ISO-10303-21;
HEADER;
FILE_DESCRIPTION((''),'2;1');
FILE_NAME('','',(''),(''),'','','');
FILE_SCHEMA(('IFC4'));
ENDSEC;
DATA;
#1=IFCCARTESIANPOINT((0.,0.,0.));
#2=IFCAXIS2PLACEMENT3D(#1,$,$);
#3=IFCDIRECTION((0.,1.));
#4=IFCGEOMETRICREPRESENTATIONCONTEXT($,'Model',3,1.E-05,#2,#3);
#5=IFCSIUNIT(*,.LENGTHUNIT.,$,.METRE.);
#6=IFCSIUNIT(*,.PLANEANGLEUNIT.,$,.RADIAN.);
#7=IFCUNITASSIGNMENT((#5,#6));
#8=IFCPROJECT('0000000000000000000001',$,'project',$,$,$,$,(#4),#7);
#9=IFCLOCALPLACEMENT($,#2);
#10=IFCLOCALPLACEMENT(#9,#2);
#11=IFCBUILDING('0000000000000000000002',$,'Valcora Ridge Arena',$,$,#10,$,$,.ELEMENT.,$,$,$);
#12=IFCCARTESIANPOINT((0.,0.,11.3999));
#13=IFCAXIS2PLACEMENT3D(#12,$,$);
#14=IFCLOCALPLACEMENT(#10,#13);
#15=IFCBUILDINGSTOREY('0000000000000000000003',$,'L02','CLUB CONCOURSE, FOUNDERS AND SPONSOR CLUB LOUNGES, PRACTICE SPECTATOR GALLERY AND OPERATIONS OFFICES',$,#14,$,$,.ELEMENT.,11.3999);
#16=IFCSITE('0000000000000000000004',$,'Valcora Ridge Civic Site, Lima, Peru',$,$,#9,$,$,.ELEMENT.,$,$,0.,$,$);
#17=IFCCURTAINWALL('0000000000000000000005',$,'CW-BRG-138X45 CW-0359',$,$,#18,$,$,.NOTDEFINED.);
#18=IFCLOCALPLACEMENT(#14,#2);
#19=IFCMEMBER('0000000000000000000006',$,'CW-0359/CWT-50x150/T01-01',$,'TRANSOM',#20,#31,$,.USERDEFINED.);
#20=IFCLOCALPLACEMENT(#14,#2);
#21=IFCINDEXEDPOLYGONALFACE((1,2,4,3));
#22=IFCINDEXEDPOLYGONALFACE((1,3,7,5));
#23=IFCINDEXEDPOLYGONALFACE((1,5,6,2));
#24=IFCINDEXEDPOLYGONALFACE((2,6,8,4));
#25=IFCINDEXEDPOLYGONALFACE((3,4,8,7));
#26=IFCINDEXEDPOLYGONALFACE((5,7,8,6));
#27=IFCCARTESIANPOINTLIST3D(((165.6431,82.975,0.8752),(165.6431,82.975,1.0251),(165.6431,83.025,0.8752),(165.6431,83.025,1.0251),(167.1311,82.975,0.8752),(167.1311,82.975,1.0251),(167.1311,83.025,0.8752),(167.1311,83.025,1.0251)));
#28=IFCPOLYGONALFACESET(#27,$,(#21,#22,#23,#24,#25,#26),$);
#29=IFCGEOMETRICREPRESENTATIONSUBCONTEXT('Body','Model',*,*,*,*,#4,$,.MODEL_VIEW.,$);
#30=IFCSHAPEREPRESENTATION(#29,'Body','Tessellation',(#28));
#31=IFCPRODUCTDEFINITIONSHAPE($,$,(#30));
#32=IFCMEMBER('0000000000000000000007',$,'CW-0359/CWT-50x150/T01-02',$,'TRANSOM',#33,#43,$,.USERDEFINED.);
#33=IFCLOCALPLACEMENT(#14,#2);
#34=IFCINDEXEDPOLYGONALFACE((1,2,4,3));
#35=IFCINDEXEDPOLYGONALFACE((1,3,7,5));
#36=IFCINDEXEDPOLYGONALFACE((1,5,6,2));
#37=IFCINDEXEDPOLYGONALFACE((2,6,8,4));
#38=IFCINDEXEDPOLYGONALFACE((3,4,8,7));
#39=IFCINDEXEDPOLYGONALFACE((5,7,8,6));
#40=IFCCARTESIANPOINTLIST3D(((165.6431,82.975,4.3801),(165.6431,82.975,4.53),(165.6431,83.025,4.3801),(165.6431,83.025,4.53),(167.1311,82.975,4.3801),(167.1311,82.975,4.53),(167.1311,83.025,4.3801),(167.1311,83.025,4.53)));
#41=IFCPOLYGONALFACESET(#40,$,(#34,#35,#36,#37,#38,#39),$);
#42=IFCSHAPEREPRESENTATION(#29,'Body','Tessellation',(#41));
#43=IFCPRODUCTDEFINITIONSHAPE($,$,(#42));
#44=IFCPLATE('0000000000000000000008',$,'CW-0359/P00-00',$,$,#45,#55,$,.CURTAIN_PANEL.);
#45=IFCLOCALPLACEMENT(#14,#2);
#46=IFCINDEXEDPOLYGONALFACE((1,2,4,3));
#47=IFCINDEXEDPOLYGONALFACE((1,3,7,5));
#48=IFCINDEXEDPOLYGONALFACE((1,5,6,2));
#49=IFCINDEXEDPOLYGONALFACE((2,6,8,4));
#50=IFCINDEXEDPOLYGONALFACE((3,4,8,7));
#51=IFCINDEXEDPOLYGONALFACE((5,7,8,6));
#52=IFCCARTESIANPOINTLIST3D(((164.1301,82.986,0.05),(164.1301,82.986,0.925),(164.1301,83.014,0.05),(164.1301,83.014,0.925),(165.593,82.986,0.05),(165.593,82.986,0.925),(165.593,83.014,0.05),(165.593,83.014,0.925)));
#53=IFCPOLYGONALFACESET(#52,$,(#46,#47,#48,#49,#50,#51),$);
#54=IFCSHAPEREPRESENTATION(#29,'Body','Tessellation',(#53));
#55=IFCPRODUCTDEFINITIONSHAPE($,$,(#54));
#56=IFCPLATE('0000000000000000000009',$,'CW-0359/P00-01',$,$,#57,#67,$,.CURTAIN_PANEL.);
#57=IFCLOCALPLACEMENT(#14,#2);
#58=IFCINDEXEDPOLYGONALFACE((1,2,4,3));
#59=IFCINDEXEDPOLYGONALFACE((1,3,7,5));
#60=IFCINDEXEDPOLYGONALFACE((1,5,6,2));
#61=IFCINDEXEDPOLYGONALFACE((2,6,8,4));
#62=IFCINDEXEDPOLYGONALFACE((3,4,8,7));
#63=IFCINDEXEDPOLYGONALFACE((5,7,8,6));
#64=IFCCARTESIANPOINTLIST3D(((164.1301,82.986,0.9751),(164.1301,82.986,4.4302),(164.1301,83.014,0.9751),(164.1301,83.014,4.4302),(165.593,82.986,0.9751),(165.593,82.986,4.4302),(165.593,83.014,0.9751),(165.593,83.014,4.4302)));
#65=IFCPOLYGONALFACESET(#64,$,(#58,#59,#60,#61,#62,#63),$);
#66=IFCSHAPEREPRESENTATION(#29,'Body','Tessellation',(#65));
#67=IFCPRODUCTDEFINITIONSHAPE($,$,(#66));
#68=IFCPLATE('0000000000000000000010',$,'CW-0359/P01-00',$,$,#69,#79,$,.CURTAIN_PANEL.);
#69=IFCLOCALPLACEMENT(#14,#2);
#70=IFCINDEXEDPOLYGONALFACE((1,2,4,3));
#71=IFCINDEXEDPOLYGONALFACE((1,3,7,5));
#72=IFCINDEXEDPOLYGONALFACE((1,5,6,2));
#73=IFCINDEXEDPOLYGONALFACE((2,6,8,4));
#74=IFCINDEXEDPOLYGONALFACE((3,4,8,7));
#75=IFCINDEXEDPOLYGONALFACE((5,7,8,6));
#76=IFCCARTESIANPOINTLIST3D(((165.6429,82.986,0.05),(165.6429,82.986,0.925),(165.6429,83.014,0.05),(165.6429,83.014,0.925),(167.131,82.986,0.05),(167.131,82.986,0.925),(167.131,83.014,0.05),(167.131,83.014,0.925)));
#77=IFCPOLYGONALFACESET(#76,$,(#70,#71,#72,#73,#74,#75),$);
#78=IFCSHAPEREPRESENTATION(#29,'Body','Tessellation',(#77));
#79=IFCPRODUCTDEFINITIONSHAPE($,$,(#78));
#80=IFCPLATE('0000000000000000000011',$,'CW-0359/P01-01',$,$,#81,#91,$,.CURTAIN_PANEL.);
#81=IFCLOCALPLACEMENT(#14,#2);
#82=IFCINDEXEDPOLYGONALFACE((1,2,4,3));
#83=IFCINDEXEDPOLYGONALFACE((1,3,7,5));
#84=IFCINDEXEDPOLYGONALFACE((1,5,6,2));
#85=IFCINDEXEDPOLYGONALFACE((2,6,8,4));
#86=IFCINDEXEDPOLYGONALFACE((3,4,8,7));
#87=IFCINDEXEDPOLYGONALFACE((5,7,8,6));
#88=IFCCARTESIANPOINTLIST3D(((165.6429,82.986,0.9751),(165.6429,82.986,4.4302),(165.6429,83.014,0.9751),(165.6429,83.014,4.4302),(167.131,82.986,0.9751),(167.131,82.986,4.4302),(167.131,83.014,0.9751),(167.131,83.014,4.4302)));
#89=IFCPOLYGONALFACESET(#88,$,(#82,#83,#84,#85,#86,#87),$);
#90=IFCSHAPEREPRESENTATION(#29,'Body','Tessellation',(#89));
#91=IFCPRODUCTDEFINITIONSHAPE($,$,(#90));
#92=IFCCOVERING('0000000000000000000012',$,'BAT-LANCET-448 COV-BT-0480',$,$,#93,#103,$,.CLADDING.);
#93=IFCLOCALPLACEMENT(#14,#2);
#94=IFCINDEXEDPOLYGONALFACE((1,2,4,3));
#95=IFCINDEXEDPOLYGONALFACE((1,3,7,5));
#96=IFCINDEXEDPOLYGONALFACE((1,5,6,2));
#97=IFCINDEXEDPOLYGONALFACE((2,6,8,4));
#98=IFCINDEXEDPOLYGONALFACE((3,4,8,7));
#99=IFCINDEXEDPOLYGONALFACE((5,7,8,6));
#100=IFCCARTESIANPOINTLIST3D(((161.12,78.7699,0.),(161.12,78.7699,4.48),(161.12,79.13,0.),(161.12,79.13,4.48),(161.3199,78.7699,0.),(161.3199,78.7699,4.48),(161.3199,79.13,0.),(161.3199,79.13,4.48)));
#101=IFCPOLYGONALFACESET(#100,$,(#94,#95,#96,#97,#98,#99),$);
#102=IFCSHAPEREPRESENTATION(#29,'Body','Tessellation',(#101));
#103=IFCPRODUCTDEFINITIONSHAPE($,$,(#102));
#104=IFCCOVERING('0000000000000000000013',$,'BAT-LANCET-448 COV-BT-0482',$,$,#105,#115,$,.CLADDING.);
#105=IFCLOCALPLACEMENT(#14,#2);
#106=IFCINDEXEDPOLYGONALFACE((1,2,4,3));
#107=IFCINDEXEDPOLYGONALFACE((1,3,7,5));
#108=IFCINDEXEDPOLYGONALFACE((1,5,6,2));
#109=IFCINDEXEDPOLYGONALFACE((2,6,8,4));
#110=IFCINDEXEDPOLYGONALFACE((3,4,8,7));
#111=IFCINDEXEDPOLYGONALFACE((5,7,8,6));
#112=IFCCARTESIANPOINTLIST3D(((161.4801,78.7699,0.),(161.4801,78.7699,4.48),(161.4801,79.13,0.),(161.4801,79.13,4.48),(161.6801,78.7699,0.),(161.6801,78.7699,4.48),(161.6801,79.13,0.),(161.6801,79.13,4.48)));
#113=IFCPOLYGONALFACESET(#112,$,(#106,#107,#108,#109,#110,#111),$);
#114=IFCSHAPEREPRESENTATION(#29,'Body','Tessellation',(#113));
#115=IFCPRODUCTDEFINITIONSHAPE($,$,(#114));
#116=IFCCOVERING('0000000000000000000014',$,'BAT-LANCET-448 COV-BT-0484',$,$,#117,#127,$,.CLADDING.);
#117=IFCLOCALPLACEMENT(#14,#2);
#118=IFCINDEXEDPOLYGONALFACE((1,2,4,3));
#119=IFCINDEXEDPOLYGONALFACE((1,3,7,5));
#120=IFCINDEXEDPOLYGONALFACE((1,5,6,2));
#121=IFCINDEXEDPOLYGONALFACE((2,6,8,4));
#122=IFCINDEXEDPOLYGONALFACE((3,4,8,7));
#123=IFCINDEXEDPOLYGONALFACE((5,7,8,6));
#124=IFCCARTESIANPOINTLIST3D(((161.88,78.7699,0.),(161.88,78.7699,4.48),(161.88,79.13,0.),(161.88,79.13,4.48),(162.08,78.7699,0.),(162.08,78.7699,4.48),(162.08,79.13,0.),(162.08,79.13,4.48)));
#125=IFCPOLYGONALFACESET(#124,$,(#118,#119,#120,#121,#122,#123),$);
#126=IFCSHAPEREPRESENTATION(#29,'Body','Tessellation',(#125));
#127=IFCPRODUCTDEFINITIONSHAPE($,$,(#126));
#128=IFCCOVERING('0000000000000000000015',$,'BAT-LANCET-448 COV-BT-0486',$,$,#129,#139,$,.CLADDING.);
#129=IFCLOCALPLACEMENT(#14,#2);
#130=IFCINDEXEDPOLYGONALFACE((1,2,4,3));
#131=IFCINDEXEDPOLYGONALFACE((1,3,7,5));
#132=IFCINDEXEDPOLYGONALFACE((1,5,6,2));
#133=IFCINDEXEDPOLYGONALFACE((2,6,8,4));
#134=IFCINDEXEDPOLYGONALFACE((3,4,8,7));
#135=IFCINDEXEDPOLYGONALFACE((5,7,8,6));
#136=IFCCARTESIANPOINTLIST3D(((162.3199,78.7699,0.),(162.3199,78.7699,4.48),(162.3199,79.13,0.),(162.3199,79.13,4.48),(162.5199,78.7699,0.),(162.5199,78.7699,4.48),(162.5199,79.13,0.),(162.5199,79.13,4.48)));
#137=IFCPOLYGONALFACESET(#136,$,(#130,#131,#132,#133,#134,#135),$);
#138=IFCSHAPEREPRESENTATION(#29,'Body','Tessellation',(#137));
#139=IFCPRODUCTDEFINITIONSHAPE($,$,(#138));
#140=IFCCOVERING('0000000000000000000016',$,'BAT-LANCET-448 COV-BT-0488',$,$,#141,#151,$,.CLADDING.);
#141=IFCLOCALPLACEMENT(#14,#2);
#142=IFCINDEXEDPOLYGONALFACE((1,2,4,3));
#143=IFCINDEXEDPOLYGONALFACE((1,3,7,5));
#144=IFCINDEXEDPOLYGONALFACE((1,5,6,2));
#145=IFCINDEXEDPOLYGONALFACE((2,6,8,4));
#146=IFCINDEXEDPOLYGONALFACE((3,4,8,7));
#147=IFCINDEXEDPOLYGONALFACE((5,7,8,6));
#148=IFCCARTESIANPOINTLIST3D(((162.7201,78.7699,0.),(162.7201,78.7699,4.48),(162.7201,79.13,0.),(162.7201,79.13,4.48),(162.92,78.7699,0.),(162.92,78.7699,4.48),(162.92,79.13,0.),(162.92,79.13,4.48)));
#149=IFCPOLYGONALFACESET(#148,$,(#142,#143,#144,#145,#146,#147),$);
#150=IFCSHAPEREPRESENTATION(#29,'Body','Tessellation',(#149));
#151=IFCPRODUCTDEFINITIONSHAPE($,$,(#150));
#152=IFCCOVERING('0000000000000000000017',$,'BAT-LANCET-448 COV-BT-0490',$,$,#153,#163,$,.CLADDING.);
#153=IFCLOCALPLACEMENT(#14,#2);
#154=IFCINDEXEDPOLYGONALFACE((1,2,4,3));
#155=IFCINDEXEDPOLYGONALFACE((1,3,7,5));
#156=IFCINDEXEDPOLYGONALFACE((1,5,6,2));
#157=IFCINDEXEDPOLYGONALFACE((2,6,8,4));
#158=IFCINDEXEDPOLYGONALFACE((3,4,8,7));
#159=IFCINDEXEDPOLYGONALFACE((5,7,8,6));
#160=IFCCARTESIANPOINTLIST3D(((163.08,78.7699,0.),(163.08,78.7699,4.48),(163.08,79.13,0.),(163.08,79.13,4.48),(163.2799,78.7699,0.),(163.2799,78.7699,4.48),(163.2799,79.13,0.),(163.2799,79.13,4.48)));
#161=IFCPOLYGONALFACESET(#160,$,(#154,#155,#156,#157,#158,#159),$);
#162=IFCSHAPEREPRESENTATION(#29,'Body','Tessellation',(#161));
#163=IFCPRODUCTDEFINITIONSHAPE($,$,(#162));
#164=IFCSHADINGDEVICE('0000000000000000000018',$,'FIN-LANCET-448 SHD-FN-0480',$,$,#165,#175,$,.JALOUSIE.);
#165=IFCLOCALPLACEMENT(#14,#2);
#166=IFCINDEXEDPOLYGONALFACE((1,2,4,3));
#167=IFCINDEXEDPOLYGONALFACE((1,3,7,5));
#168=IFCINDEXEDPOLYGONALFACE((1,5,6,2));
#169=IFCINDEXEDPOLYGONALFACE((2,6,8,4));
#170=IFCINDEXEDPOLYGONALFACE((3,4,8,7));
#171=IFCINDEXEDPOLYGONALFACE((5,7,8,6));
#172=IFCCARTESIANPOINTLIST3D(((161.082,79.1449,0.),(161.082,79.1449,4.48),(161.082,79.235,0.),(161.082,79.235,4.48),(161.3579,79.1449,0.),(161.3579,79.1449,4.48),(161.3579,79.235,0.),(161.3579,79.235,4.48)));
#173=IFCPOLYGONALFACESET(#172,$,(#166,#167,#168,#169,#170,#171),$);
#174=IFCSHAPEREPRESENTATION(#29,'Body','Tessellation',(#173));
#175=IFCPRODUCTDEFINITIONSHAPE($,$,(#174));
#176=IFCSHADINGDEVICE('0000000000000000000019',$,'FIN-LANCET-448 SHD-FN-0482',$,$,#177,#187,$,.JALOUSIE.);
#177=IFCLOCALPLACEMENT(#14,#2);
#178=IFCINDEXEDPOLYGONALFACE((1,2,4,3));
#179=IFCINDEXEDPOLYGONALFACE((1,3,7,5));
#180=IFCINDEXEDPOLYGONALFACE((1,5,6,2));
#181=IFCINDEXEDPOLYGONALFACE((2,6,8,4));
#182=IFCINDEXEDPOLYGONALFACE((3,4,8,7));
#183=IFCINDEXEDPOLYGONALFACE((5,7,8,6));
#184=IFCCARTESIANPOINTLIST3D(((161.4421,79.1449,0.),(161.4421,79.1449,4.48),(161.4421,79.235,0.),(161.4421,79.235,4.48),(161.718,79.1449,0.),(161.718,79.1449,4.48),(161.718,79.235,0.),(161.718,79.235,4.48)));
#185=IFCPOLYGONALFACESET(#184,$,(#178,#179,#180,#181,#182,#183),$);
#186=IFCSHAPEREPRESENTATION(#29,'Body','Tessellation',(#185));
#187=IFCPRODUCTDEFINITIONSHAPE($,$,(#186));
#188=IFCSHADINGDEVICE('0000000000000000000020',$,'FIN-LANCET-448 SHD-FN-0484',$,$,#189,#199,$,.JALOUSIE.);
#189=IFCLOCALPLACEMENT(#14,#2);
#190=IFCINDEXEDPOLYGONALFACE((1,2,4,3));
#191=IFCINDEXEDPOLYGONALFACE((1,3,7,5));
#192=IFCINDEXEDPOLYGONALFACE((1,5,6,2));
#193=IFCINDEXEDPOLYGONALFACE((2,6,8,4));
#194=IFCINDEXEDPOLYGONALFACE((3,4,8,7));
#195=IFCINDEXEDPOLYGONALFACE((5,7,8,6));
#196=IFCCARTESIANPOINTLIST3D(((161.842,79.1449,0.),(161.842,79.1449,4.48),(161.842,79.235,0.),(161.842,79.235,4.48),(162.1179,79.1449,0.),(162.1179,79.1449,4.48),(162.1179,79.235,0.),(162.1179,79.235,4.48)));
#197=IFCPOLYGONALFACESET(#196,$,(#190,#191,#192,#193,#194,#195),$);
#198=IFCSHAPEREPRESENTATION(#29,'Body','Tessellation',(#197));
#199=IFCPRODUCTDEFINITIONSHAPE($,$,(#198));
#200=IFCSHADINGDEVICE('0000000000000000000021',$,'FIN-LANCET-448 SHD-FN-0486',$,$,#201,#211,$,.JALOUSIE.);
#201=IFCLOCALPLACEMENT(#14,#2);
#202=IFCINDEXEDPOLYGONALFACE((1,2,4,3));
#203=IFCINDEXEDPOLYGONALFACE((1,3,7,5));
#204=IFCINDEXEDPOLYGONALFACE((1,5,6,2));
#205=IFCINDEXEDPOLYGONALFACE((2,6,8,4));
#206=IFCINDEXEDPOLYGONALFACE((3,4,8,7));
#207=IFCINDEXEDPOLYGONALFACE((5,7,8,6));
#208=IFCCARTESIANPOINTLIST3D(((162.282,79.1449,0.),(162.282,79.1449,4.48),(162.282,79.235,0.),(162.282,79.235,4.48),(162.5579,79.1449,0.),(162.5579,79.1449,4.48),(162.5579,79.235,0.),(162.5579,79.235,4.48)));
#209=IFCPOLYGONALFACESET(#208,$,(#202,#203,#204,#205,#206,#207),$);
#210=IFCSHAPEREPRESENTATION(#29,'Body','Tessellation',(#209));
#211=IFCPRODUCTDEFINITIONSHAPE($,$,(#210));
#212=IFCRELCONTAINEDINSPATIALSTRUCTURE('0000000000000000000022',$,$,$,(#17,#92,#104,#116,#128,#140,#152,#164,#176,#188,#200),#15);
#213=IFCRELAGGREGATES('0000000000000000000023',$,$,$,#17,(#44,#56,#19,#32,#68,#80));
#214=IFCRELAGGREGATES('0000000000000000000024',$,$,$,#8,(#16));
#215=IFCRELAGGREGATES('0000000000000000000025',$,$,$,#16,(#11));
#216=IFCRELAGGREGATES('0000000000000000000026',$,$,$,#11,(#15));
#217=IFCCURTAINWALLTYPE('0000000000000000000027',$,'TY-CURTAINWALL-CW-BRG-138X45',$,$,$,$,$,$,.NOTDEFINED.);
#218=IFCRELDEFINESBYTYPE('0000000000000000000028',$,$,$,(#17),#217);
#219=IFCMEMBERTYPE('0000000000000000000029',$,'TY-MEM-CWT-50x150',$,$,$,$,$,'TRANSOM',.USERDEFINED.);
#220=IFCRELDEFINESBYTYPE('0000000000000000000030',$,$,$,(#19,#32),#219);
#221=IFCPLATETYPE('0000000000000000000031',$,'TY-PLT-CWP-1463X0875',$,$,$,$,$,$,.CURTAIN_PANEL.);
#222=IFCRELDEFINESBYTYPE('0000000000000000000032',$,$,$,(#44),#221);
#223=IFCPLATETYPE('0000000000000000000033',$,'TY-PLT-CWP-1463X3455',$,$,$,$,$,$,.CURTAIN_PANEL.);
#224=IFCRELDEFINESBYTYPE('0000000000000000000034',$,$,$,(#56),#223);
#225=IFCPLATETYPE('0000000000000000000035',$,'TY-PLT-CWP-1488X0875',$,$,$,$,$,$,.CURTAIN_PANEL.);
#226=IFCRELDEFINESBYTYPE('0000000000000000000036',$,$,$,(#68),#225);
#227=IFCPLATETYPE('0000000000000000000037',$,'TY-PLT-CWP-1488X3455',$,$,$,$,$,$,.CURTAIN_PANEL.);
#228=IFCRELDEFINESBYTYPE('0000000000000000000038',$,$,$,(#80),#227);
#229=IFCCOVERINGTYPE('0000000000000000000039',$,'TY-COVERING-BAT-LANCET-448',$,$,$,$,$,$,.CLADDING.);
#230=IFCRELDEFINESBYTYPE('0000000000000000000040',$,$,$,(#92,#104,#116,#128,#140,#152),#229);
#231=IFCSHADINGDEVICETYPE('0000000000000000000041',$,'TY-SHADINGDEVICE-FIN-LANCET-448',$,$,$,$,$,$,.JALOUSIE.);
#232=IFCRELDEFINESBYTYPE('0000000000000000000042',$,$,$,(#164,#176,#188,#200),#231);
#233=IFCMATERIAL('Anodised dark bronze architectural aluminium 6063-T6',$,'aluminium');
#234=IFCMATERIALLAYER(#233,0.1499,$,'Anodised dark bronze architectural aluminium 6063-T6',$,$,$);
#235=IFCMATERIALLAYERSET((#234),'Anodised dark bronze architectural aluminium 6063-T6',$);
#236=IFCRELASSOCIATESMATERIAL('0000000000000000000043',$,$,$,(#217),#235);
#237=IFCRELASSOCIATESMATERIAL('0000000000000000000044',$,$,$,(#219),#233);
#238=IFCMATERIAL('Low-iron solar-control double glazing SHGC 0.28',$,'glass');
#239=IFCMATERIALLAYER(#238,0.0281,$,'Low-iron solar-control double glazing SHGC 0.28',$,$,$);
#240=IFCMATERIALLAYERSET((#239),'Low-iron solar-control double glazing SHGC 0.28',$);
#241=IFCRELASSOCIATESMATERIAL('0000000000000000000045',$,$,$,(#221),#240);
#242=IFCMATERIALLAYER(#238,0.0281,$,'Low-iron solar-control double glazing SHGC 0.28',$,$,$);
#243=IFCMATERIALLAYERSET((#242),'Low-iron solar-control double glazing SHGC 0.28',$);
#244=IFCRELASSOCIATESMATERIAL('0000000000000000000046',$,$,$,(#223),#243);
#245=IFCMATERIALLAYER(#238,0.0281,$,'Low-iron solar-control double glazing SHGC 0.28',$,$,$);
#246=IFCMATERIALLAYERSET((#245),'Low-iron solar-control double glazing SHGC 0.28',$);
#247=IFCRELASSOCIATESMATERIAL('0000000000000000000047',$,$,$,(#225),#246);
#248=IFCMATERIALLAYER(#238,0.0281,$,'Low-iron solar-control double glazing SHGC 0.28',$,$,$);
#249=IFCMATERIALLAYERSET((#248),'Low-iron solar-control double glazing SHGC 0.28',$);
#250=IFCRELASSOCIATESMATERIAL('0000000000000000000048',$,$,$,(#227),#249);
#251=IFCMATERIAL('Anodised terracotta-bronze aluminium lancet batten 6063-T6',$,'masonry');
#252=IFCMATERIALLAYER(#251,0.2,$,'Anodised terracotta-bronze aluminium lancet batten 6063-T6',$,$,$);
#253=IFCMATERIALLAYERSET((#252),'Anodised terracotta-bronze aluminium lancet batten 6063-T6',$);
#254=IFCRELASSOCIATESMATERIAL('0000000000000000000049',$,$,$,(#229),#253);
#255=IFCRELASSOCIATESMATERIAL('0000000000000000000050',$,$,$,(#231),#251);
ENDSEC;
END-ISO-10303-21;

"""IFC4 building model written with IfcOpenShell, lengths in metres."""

from ifc_helpers import new_model, si_unit, direction, frame, origin, origin_2d, place, context, subcontext, project, spatial, rectangle, extrude, material, layer, layer_set, material_profile, profile_set, type_object, element, aggregate, save


model = new_model("IFC4")

# Units and contexts
model_context = context("Model", 3, precision=1e-05, world=origin(), true_north=direction((0.0, 1.0)))
body_context = subcontext(model_context, "Body", "Model", "MODEL_VIEW")
ifc_project = project(units=[si_unit("LENGTHUNIT", "METRE"), si_unit("PLANEANGLEUNIT", "RADIAN")], contexts=[model_context])

# Site, building, storey
site_placement = place(None, origin())
site = spatial("IfcSite", under=ifc_project, at=site_placement, Name="Valcora Ridge Civic Site, Lima, Peru", CompositionType="ELEMENT", RefElevation=0.0)
building_placement = place(site_placement, origin())
building = spatial("IfcBuilding", under=site, at=building_placement, Name="Valcora Ridge Arena", CompositionType="ELEMENT")
storey_placement = place(building_placement, frame((0.0, 0.0, 11.3999)))
storey = spatial("IfcBuildingStorey", under=building, at=storey_placement, Name="L02", Description="CLUB CONCOURSE, FOUNDERS AND SPONSOR CLUB LOUNGES, PRACTICE SPECTATOR GALLERY AND OPERATIONS OFFICES", CompositionType="ELEMENT", Elevation=11.3999)

# Shared definitions
ifc_material_1 = material(Name="Anodised dark bronze architectural aluminium 6063-T6", Category="aluminium")
ifc_layer_1 = layer(ifc_material_1, 0.1499, Name="Anodised dark bronze architectural aluminium 6063-T6")
ifc_layer_set_1 = layer_set([ifc_layer_1], Name="Anodised dark bronze architectural aluminium 6063-T6")
curtain_wall_type = type_object("IfcCurtainWallType", Name="TY-CURTAINWALL-CW-BRG-138X45", PredefinedType="NOTDEFINED", material=ifc_layer_set_1)

# Curtain wall
curtain_wall_1_placement = place(storey_placement, origin())
curtain_wall_1 = element("IfcCurtainWall", 1, at=curtain_wall_1_placement, inside=storey, type_object=curtain_wall_type, Name="CW-BRG-138X45 CW-0359", PredefinedType="NOTDEFINED")

# Members
ifc_material_profile_1 = material_profile(ifc_material_1, rectangle(XDim=0.05, YDim=0.1499, at=origin_2d()), Name="ALU TRANSOM 50x150")
ifc_profile_set_1 = profile_set([ifc_material_profile_1], Name="Anodised dark bronze architectural aluminium 6063-T6")
member_type_1 = type_object("IfcMemberType", Name="TY-MEM-CWT-50x150", ElementType="TRANSOM", PredefinedType="USERDEFINED", material=ifc_profile_set_1)
member_1_placement = place(storey_placement, frame((165.6431, 83.0, 0.9502), z_axis=(1.0, 0.0, 0.0), x_axis=(0.0, 1.0, 0.0)))
member_1 = element("IfcMember", 2, at=member_1_placement, type_object=member_type_1, Name="CW-0359/CWT-50x150/T01-01", ObjectType="TRANSOM", PredefinedType="USERDEFINED", context=body_context, shape_type="SweptSolid", body=[
    extrude(rectangle(XDim=0.05, YDim=0.1499, at=origin_2d()), origin(), (0.0, 0.0, 1.0), 1.488),
])
member_2_placement = place(storey_placement, frame((165.6431, 83.0, 4.4551), z_axis=(1.0, 0.0, 0.0), x_axis=(0.0, 1.0, 0.0)))
member_2 = element("IfcMember", 3, at=member_2_placement, type_object=member_type_1, Name="CW-0359/CWT-50x150/T01-02", ObjectType="TRANSOM", PredefinedType="USERDEFINED", context=body_context, shape_type="SweptSolid", body=[
    extrude(rectangle(XDim=0.05, YDim=0.1499, at=origin_2d()), origin(), (0.0, 0.0, 1.0), 1.488),
])

# Plates
ifc_material_2 = material(Name="Low-iron solar-control double glazing SHGC 0.28", Category="glass")
ifc_layer_2 = layer(ifc_material_2, 0.0281, Name="Low-iron solar-control double glazing SHGC 0.28")
ifc_layer_set_2 = layer_set([ifc_layer_2], Name="Low-iron solar-control double glazing SHGC 0.28")
plate_type_1 = type_object("IfcPlateType", Name="TY-PLT-CWP-1463X0875", PredefinedType="CURTAIN_PANEL", material=ifc_layer_set_2)
plate_1_placement = place(storey_placement, frame((164.8616, 83.0, 0.05), z_axis=(0.0, 0.0, 1.0), x_axis=(1.0, 0.0, 0.0)))
plate_1 = element("IfcPlate", 4, at=plate_1_placement, type_object=plate_type_1, Name="CW-0359/P00-00", PredefinedType="CURTAIN_PANEL", context=body_context, shape_type="SweptSolid", body=[
    extrude(rectangle(XDim=1.4629, YDim=0.0281, at=origin_2d()), origin(), (0.0, 0.0, 1.0), 0.875),
])
ifc_layer_3 = layer(ifc_material_2, 0.0281, Name="Low-iron solar-control double glazing SHGC 0.28")
ifc_layer_set_3 = layer_set([ifc_layer_3], Name="Low-iron solar-control double glazing SHGC 0.28")
plate_type_2 = type_object("IfcPlateType", Name="TY-PLT-CWP-1463X3455", PredefinedType="CURTAIN_PANEL", material=ifc_layer_set_3)
plate_2_placement = place(storey_placement, frame((164.8616, 83.0, 0.9751), z_axis=(0.0, 0.0, 1.0), x_axis=(1.0, 0.0, 0.0)))
plate_2 = element("IfcPlate", 5, at=plate_2_placement, type_object=plate_type_2, Name="CW-0359/P00-01", PredefinedType="CURTAIN_PANEL", context=body_context, shape_type="SweptSolid", body=[
    extrude(rectangle(XDim=1.4629, YDim=0.0281, at=origin_2d()), origin(), (0.0, 0.0, 1.0), 3.4551),
])
ifc_layer_4 = layer(ifc_material_2, 0.0281, Name="Low-iron solar-control double glazing SHGC 0.28")
ifc_layer_set_4 = layer_set([ifc_layer_4], Name="Low-iron solar-control double glazing SHGC 0.28")
plate_type_3 = type_object("IfcPlateType", Name="TY-PLT-CWP-1488X0875", PredefinedType="CURTAIN_PANEL", material=ifc_layer_set_4)
plate_3_placement = place(storey_placement, frame((166.387, 83.0, 0.05), z_axis=(0.0, 0.0, 1.0), x_axis=(1.0, 0.0, 0.0)))
plate_3 = element("IfcPlate", 6, at=plate_3_placement, type_object=plate_type_3, Name="CW-0359/P01-00", PredefinedType="CURTAIN_PANEL", context=body_context, shape_type="SweptSolid", body=[
    extrude(rectangle(XDim=1.488, YDim=0.0281, at=origin_2d()), origin(), (0.0, 0.0, 1.0), 0.875),
])
ifc_layer_5 = layer(ifc_material_2, 0.0281, Name="Low-iron solar-control double glazing SHGC 0.28")
ifc_layer_set_5 = layer_set([ifc_layer_5], Name="Low-iron solar-control double glazing SHGC 0.28")
plate_type_4 = type_object("IfcPlateType", Name="TY-PLT-CWP-1488X3455", PredefinedType="CURTAIN_PANEL", material=ifc_layer_set_5)
plate_4_placement = place(storey_placement, frame((166.387, 83.0, 0.9751), z_axis=(0.0, 0.0, 1.0), x_axis=(1.0, 0.0, 0.0)))
plate_4 = element("IfcPlate", 7, at=plate_4_placement, type_object=plate_type_4, Name="CW-0359/P01-01", PredefinedType="CURTAIN_PANEL", context=body_context, shape_type="SweptSolid", body=[
    extrude(rectangle(XDim=1.488, YDim=0.0281, at=origin_2d()), origin(), (0.0, 0.0, 1.0), 3.4551),
])
aggregate(curtain_wall_1, [plate_1, plate_2, member_1, member_2, plate_3, plate_4])

# Coverings
ifc_material_3 = material(Name="Anodised terracotta-bronze aluminium lancet batten 6063-T6", Category="masonry")
ifc_layer_6 = layer(ifc_material_3, 0.2, Name="Anodised terracotta-bronze aluminium lancet batten 6063-T6")
ifc_layer_set_6 = layer_set([ifc_layer_6], Name="Anodised terracotta-bronze aluminium lancet batten 6063-T6")
covering_type = type_object("IfcCoveringType", Name="TY-COVERING-BAT-LANCET-448", PredefinedType="CLADDING", material=ifc_layer_set_6)
for number, where, z_axis, x_axis, name in (
    (8, (161.22, 78.95, 0.0), (0.0, 0.0, 1.0), (1.0, 0.0, 0.0), "BAT-LANCET-448 COV-BT-0480"),
    (9, (161.5801, 78.95, 0.0), (0.0, 0.0, 1.0), (1.0, 0.0, 0.0), "BAT-LANCET-448 COV-BT-0482"),
    (10, (161.98, 78.95, 0.0), (0.0, 0.0, 1.0), (1.0, 0.0, 0.0), "BAT-LANCET-448 COV-BT-0484"),
    (11, (162.4199, 78.95, 0.0), (0.0, 0.0, 1.0), (1.0, 0.0, 0.0), "BAT-LANCET-448 COV-BT-0486"),
    (12, (162.8201, 78.95, 0.0), (0.0, 0.0, 1.0), (1.0, 0.0, 0.0), "BAT-LANCET-448 COV-BT-0488"),
    (13, (163.1799, 78.95, 0.0), (0.0, 0.0, 1.0), (1.0, 0.0, 0.0), "BAT-LANCET-448 COV-BT-0490"),
):
    element("IfcCovering", number, at=place(storey_placement, frame(where, z_axis=z_axis, x_axis=x_axis)), inside=storey, type_object=covering_type, Name=name, PredefinedType="CLADDING", context=body_context, shape_type="SweptSolid", body=[
        extrude(rectangle(XDim=0.2, YDim=0.3601, at=origin_2d()), origin(), (0.0, 0.0, 1.0), 4.48),
    ])

# Shading devices
ifc_material_profile_2 = material_profile(ifc_material_3, rectangle(XDim=0.0901, YDim=0.2759, at=origin_2d()), Name="ALU LANCET BATTEN 90x276")
ifc_profile_set_2 = profile_set([ifc_material_profile_2], Name="Anodised terracotta-bronze aluminium lancet batten 6063-T6")
shading_device_type = type_object("IfcShadingDeviceType", Name="TY-SHADINGDEVICE-FIN-LANCET-448", PredefinedType="JALOUSIE", material=ifc_profile_set_2)
for number, where, z_axis, x_axis, name in (
    (14, (161.22, 79.1899, 0.0), (0.0, 0.0, 1.0), (0.0, 1.0, 0.0), "FIN-LANCET-448 SHD-FN-0480"),
    (15, (161.5801, 79.1899, 0.0), (0.0, 0.0, 1.0), (0.0, 1.0, 0.0), "FIN-LANCET-448 SHD-FN-0482"),
    (16, (161.98, 79.1899, 0.0), (0.0, 0.0, 1.0), (0.0, 1.0, 0.0), "FIN-LANCET-448 SHD-FN-0484"),
    (17, (162.4199, 79.1899, 0.0), (0.0, 0.0, 1.0), (0.0, 1.0, 0.0), "FIN-LANCET-448 SHD-FN-0486"),
):
    element("IfcShadingDevice", number, at=place(storey_placement, frame(where, z_axis=z_axis, x_axis=x_axis)), inside=storey, type_object=shading_device_type, Name=name, PredefinedType="JALOUSIE", context=body_context, shape_type="SweptSolid", body=[
        extrude(rectangle(XDim=0.0901, YDim=0.2759, at=origin_2d()), origin(), (0.0, 0.0, 1.0), 4.48),
    ])

save(model, "model.ifc")
